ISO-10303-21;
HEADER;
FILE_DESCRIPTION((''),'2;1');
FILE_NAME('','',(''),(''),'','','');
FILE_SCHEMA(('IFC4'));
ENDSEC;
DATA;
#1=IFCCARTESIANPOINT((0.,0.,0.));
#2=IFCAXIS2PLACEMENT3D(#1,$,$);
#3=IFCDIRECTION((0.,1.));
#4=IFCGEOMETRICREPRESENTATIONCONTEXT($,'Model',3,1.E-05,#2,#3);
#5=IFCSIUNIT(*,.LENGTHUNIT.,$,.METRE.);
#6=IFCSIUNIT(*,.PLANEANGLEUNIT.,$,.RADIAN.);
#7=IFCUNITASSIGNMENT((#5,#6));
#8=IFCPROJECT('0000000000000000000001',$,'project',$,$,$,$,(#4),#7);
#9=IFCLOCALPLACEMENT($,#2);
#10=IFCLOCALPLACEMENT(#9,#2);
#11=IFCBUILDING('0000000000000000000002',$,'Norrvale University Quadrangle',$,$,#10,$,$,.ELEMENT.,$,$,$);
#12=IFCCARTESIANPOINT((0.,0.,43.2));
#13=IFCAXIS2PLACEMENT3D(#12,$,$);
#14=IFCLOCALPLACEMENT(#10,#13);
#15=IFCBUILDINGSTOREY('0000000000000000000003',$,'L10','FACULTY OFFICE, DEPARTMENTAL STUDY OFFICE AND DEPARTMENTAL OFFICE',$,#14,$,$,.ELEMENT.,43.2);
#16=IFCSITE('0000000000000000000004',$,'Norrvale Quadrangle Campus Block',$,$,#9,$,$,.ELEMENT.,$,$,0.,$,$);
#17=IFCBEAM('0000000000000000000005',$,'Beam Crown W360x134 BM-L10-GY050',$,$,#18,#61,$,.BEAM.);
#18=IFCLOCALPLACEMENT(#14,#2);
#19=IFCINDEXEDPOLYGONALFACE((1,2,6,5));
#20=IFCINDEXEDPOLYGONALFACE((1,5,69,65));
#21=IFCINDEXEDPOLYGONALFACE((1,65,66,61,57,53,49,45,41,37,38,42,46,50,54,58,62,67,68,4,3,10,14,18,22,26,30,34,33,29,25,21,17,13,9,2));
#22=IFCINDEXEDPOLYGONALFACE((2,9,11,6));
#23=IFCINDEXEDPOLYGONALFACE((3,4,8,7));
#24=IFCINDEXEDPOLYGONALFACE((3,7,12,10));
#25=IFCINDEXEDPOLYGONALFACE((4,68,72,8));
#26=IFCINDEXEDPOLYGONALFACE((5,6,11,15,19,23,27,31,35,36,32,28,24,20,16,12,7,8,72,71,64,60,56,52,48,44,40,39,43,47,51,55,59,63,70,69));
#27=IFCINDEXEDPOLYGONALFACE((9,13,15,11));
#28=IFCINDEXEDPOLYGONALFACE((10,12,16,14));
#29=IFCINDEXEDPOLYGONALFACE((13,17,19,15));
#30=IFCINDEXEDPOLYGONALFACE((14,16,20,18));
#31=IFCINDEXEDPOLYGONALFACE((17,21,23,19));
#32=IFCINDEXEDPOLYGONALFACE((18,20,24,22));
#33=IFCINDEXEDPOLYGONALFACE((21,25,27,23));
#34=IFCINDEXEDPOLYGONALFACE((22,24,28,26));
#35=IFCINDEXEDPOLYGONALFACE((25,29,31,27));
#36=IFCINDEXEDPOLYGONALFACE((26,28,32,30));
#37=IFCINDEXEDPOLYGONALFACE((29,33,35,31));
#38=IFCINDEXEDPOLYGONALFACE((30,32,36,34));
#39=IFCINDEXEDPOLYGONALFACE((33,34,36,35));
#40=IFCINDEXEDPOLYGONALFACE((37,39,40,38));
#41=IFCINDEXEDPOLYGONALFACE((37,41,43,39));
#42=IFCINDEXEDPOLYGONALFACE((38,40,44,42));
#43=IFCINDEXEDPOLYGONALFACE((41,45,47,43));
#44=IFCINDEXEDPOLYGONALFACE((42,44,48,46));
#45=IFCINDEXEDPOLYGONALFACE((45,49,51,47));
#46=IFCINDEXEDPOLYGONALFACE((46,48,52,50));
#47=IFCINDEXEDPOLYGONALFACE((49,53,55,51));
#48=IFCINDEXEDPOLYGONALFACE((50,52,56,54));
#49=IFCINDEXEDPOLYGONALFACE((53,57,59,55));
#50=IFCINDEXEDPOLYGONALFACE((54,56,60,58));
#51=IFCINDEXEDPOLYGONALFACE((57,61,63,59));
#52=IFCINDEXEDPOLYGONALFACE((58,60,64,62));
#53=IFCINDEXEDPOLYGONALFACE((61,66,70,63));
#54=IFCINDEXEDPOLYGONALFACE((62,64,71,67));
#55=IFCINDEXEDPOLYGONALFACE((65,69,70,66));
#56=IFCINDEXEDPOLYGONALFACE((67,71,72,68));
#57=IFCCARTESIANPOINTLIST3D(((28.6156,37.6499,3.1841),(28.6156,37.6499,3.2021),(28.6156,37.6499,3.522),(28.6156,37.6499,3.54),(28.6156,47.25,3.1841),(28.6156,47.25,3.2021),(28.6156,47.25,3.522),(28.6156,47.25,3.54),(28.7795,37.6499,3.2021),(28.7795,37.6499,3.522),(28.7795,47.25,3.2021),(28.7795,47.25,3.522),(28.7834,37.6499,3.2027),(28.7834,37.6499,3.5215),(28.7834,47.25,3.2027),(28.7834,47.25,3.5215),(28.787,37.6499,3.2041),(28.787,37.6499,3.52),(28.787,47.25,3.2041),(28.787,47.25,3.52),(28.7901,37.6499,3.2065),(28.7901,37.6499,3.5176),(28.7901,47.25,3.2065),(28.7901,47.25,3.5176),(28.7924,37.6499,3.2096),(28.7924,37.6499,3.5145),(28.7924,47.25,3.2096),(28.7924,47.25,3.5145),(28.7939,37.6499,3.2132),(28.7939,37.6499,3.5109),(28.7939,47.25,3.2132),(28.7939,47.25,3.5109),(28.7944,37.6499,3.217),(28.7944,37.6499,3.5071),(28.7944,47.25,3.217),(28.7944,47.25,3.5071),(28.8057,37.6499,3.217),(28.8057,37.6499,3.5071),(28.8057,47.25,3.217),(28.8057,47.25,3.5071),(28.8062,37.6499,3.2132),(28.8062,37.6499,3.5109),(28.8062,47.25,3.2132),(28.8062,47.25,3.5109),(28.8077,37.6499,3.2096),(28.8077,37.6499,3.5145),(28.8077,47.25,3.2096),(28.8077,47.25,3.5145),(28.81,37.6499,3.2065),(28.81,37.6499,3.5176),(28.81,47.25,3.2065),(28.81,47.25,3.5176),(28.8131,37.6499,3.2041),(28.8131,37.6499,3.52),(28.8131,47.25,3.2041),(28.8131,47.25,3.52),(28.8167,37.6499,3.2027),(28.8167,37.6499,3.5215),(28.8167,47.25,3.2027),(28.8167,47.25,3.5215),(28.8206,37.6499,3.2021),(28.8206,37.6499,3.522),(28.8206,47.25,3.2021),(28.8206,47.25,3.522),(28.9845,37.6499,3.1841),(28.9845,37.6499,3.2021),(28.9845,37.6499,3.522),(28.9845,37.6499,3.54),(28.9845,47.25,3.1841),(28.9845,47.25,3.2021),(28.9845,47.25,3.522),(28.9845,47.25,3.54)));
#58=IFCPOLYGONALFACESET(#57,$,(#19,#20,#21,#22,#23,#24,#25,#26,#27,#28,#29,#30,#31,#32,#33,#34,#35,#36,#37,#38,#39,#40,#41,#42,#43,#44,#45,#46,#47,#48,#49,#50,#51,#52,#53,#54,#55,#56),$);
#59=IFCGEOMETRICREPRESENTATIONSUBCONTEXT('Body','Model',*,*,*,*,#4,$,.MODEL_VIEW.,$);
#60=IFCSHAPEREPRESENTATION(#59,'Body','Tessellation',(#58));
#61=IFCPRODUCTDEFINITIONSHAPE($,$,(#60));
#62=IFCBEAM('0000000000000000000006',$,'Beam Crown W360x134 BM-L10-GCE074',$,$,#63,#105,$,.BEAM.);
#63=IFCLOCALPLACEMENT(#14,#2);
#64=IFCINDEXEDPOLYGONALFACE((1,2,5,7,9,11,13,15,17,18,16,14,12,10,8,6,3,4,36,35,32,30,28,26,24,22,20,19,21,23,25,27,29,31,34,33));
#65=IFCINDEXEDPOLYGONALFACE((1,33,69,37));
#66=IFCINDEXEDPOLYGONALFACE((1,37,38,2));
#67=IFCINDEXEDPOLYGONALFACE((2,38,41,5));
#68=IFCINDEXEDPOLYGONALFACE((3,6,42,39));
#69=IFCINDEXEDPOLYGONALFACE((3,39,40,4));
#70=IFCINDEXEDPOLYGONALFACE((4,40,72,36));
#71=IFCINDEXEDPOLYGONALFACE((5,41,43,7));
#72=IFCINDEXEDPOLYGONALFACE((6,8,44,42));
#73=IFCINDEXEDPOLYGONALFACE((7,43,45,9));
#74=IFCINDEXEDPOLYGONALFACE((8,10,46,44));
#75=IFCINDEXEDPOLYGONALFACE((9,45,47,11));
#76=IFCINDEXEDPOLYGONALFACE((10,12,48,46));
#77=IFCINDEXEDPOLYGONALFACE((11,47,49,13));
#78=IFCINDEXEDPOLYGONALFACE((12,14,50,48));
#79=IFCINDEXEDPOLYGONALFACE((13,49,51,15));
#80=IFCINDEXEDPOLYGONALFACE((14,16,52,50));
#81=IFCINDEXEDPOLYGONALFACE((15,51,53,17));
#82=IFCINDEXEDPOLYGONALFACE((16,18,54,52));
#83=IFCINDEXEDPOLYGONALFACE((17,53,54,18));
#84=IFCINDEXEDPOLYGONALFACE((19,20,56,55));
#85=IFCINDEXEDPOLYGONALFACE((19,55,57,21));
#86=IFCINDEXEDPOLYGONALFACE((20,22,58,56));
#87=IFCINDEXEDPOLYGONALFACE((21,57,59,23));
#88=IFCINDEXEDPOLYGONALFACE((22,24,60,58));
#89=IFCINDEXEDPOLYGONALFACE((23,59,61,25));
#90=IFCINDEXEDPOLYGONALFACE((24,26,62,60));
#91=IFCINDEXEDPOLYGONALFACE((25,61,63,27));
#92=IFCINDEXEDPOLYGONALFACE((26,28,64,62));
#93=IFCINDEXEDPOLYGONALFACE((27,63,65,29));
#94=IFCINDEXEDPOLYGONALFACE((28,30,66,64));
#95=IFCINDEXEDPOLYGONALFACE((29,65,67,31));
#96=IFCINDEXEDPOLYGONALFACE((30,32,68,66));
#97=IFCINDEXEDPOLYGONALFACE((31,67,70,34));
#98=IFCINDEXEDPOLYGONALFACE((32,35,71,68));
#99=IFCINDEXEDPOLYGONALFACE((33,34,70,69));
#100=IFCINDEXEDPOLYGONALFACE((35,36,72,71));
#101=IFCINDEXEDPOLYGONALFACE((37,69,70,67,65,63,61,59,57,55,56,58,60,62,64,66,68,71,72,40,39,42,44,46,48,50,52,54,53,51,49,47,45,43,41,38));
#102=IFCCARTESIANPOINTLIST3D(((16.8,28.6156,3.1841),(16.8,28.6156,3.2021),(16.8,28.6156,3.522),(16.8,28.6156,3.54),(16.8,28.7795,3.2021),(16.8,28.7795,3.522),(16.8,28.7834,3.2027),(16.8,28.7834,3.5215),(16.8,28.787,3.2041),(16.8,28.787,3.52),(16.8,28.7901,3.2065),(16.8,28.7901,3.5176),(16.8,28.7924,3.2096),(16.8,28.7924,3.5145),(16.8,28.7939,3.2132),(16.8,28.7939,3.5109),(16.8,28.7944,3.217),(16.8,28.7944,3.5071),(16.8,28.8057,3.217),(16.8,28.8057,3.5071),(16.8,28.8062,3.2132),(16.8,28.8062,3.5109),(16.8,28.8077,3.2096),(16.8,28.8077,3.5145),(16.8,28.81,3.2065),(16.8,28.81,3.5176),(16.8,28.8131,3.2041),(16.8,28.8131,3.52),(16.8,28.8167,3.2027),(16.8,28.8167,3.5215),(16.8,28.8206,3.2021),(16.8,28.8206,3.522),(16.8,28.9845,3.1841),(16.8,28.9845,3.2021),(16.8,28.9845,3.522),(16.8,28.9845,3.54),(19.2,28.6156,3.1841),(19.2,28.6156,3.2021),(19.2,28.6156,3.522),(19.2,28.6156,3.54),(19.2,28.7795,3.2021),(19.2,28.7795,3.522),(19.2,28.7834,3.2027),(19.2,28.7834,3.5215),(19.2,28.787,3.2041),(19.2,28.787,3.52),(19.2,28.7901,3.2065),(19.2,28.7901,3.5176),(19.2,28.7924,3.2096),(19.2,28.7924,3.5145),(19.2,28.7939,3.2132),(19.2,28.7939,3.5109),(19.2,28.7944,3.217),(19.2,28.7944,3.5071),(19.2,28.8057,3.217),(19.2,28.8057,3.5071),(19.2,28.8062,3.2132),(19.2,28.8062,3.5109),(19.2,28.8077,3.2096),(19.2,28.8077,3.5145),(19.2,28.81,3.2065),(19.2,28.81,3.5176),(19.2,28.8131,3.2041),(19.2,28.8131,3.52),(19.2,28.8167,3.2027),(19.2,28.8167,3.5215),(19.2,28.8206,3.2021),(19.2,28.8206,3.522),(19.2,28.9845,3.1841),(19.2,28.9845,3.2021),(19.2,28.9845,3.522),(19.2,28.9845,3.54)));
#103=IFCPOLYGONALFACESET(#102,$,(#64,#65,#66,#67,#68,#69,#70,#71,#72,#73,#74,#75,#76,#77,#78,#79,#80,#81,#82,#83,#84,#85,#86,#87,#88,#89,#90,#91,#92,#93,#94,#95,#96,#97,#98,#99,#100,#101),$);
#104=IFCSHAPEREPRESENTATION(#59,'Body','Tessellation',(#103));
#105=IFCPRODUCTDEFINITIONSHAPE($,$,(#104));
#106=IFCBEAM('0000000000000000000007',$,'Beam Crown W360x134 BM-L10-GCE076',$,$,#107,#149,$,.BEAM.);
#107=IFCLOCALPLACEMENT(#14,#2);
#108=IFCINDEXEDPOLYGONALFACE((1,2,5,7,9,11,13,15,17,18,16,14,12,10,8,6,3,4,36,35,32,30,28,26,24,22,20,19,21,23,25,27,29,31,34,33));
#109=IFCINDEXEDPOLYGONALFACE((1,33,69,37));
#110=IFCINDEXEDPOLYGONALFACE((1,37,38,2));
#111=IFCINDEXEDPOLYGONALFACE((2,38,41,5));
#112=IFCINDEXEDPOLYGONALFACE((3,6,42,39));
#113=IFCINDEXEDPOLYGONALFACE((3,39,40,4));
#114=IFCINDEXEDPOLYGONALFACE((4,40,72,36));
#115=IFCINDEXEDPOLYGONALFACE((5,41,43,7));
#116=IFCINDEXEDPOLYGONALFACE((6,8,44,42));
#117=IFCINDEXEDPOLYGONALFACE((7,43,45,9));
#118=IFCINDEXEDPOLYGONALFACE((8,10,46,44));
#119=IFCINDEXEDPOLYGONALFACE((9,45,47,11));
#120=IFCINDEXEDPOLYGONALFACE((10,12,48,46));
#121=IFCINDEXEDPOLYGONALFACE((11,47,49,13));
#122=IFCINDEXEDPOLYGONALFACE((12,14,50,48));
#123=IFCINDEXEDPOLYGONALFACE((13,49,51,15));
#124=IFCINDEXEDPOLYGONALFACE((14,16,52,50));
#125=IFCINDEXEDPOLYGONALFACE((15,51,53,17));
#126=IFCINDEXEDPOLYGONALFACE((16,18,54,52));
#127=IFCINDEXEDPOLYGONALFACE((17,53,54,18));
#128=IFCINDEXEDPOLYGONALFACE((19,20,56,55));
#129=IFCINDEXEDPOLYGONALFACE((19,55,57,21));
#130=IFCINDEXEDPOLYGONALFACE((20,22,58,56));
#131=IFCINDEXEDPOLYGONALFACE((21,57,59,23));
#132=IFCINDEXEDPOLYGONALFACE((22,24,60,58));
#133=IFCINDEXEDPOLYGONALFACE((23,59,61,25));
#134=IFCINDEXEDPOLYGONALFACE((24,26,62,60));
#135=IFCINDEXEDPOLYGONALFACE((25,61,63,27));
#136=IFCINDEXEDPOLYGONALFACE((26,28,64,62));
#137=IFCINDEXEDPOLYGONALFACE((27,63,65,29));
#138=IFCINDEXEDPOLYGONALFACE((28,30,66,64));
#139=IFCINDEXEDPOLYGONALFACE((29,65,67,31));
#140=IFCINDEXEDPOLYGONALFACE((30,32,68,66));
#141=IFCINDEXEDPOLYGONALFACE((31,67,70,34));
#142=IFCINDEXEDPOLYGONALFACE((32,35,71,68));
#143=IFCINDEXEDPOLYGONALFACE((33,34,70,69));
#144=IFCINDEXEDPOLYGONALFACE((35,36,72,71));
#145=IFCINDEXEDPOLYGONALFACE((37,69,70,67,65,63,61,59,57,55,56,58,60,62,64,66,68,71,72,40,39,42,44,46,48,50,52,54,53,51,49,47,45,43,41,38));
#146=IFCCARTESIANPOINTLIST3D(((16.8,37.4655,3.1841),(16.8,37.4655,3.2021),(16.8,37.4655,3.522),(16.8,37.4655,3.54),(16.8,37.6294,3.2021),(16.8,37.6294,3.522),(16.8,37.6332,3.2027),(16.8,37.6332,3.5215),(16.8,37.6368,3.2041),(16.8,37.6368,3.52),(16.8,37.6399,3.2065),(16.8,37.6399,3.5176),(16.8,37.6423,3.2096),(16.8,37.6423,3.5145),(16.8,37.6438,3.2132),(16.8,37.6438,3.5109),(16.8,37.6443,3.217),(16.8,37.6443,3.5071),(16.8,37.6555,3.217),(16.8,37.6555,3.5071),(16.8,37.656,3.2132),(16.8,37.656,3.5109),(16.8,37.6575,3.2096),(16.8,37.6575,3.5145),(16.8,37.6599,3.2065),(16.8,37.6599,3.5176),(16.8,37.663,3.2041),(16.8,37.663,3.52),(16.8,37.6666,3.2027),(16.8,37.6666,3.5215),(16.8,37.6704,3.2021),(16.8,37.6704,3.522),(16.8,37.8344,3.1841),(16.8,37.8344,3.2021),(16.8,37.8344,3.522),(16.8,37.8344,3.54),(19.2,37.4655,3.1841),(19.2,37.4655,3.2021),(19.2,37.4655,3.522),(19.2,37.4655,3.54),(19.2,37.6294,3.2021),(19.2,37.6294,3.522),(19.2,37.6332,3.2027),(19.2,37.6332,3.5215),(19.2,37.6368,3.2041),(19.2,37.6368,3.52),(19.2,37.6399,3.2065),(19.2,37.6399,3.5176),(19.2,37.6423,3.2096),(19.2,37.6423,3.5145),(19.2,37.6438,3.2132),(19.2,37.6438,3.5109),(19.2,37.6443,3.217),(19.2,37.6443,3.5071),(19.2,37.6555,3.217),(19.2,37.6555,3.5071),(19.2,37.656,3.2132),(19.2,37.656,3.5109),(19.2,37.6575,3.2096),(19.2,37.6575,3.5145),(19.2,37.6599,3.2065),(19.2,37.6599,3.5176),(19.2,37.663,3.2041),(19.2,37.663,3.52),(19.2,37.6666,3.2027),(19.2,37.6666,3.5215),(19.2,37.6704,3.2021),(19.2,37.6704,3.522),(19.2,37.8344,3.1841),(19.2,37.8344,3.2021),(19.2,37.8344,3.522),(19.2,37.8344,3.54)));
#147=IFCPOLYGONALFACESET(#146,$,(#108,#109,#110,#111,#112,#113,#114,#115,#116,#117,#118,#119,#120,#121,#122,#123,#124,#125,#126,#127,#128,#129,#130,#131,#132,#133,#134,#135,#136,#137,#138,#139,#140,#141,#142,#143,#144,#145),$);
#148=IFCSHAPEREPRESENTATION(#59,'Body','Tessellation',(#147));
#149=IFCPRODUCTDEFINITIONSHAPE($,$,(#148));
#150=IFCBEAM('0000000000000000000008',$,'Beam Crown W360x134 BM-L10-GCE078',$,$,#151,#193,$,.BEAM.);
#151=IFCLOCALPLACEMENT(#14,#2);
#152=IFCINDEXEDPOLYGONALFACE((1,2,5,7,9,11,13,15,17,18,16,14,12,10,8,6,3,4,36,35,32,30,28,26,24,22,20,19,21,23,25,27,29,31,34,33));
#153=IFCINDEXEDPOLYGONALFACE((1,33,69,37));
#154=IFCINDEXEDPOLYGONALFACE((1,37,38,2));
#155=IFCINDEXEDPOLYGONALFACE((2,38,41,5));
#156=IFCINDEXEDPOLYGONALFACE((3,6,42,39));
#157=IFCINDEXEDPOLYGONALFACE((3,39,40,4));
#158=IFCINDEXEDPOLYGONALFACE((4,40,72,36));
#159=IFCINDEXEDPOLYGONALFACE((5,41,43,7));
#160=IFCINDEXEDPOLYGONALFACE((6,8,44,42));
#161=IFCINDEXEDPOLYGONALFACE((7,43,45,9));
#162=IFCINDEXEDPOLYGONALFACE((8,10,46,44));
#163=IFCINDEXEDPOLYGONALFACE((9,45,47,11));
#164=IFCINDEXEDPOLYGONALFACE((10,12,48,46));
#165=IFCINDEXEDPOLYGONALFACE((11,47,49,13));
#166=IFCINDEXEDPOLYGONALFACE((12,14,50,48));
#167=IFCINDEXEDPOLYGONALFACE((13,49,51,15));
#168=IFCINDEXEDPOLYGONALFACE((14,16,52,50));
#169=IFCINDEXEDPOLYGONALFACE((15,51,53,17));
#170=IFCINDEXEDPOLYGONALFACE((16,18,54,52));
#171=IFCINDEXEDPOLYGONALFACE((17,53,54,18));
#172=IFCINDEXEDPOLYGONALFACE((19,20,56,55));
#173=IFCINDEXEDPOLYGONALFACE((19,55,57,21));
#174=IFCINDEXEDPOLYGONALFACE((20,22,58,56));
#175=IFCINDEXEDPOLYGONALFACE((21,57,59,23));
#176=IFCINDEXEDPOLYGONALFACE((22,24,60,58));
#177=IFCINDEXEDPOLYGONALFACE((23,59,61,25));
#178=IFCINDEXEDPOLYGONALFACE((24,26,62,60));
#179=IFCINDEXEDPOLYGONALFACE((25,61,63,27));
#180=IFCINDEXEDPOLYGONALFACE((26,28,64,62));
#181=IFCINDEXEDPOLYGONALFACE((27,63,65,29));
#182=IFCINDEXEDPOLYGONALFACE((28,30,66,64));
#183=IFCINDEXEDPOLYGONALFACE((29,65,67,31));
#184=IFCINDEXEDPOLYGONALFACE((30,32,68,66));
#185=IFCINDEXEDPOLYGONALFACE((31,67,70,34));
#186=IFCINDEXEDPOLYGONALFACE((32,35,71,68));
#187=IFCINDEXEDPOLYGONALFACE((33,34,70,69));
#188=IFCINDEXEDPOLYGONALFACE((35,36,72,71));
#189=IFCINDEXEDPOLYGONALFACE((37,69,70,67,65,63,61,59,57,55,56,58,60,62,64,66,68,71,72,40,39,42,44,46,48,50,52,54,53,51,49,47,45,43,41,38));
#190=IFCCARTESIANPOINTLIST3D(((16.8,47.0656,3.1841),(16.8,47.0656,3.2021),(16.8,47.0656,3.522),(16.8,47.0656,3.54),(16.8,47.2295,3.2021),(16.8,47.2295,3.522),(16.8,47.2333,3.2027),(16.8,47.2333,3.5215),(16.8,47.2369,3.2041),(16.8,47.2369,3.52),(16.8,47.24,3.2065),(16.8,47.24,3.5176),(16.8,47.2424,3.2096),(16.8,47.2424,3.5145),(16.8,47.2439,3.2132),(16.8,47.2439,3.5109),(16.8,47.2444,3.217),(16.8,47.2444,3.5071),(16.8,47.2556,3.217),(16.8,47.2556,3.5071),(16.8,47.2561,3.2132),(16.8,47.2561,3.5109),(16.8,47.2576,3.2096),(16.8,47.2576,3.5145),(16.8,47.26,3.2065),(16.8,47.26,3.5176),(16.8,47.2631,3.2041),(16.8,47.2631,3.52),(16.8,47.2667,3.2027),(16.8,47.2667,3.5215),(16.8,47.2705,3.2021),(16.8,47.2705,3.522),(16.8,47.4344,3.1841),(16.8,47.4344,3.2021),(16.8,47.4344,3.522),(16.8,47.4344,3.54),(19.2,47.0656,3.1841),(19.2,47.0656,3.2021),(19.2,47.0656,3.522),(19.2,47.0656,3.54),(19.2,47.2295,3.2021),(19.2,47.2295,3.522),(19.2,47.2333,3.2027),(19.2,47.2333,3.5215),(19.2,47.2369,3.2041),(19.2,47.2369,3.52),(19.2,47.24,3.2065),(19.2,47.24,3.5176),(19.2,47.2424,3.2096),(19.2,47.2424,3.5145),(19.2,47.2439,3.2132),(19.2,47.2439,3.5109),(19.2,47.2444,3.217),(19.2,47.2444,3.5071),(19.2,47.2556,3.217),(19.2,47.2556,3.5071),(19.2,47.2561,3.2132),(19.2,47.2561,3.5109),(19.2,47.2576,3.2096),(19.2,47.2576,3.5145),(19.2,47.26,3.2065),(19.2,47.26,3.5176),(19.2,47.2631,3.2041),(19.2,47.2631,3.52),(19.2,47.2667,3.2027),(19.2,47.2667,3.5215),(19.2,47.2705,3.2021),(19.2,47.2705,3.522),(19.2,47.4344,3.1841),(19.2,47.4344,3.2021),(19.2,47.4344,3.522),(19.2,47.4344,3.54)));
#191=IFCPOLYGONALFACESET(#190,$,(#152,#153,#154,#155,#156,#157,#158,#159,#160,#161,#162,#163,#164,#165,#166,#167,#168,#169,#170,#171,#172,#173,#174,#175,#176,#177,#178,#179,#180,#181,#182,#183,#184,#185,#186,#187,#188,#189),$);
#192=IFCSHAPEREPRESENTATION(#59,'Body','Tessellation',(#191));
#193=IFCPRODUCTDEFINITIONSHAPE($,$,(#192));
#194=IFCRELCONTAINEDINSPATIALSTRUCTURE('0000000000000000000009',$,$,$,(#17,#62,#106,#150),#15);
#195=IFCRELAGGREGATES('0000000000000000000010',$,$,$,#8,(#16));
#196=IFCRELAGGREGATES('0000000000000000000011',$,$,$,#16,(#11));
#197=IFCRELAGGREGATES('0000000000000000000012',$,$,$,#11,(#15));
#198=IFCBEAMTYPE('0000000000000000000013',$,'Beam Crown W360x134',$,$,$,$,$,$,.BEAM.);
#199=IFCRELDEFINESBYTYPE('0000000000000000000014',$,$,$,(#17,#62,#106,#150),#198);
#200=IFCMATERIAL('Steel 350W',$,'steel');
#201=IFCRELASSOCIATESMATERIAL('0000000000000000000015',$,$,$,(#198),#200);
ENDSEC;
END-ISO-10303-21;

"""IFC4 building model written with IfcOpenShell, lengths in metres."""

from ifc_helpers import new_model, si_unit, direction, frame, origin, origin_2d, place, context, subcontext, project, spatial, i_section, extrude, material, material_profile, profile_set, type_object, element, save


model = new_model("IFC4")

# Units and contexts
model_context = context("Model", 3, precision=1e-05, world=origin(), true_north=direction((0.0, 1.0)))
body_context = subcontext(model_context, "Body", "Model", "MODEL_VIEW")
ifc_project = project(units=[si_unit("LENGTHUNIT", "METRE"), si_unit("PLANEANGLEUNIT", "RADIAN")], contexts=[model_context])

# Site, building, storey
site_placement = place(None, origin())
site = spatial("IfcSite", under=ifc_project, at=site_placement, Name="Norrvale Quadrangle Campus Block", CompositionType="ELEMENT", RefElevation=0.0)
building_placement = place(site_placement, origin())
building = spatial("IfcBuilding", under=site, at=building_placement, Name="Norrvale University Quadrangle", CompositionType="ELEMENT")
storey_placement = place(building_placement, frame((0.0, 0.0, 43.2)))
storey = spatial("IfcBuildingStorey", under=building, at=storey_placement, Name="L10", Description="FACULTY OFFICE, DEPARTMENTAL STUDY OFFICE AND DEPARTMENTAL OFFICE", CompositionType="ELEMENT", Elevation=43.2)

# Beams
ifc_material_1 = material(Name="Steel 350W", Category="steel")
ifc_material_profile_1 = material_profile(ifc_material_1, i_section(OverallWidth=0.3689, OverallDepth=0.356, WebThickness=0.0112, FlangeThickness=0.0181, FilletRadius=0.0149, at=origin_2d()), Name="Steel 350W")
ifc_profile_set_1 = profile_set([ifc_material_profile_1], Name="Steel 350W")
beam_type_1 = type_object("IfcBeamType", Name="Beam Crown W360x134", PredefinedType="BEAM", material=ifc_profile_set_1)
beam_1_placement = place(storey_placement, frame((28.8, 37.6499, 3.3621), z_axis=(0.0, 1.0, 0.0), x_axis=(-1.0, 0.0, 0.0)))
element("IfcBeam", 1, at=beam_1_placement, inside=storey, type_object=beam_type_1, Name="Beam Crown W360x134 BM-L10-GY050", PredefinedType="BEAM", context=body_context, shape_type="SweptSolid", body=[
    extrude(i_section(OverallWidth=0.3689, OverallDepth=0.356, WebThickness=0.0112, FlangeThickness=0.0181, FilletRadius=0.0149, at=origin_2d()), origin(), (0.0, 0.0, 1.0), 9.6001),
])
for number, where, z_axis, x_axis, name in (
    (2, (16.8, 28.8, 3.3621), (1.0, 0.0, 0.0), (0.0, 1.0, 0.0), "Beam Crown W360x134 BM-L10-GCE074"),
    (3, (16.8, 37.6499, 3.3621), (1.0, 0.0, 0.0), (0.0, 1.0, 0.0), "Beam Crown W360x134 BM-L10-GCE076"),
    (4, (16.8, 47.25, 3.3621), (1.0, 0.0, 0.0), (0.0, 1.0, 0.0), "Beam Crown W360x134 BM-L10-GCE078"),
):
    element("IfcBeam", number, at=place(storey_placement, frame(where, z_axis=z_axis, x_axis=x_axis)), inside=storey, type_object=beam_type_1, Name=name, PredefinedType="BEAM", context=body_context, shape_type="SweptSolid", body=[
        extrude(i_section(OverallWidth=0.3689, OverallDepth=0.356, WebThickness=0.0112, FlangeThickness=0.0181, FilletRadius=0.0149, at=origin_2d()), origin(), (0.0, 0.0, 1.0), 2.3999),
    ])

save(model, "model.ifc")
